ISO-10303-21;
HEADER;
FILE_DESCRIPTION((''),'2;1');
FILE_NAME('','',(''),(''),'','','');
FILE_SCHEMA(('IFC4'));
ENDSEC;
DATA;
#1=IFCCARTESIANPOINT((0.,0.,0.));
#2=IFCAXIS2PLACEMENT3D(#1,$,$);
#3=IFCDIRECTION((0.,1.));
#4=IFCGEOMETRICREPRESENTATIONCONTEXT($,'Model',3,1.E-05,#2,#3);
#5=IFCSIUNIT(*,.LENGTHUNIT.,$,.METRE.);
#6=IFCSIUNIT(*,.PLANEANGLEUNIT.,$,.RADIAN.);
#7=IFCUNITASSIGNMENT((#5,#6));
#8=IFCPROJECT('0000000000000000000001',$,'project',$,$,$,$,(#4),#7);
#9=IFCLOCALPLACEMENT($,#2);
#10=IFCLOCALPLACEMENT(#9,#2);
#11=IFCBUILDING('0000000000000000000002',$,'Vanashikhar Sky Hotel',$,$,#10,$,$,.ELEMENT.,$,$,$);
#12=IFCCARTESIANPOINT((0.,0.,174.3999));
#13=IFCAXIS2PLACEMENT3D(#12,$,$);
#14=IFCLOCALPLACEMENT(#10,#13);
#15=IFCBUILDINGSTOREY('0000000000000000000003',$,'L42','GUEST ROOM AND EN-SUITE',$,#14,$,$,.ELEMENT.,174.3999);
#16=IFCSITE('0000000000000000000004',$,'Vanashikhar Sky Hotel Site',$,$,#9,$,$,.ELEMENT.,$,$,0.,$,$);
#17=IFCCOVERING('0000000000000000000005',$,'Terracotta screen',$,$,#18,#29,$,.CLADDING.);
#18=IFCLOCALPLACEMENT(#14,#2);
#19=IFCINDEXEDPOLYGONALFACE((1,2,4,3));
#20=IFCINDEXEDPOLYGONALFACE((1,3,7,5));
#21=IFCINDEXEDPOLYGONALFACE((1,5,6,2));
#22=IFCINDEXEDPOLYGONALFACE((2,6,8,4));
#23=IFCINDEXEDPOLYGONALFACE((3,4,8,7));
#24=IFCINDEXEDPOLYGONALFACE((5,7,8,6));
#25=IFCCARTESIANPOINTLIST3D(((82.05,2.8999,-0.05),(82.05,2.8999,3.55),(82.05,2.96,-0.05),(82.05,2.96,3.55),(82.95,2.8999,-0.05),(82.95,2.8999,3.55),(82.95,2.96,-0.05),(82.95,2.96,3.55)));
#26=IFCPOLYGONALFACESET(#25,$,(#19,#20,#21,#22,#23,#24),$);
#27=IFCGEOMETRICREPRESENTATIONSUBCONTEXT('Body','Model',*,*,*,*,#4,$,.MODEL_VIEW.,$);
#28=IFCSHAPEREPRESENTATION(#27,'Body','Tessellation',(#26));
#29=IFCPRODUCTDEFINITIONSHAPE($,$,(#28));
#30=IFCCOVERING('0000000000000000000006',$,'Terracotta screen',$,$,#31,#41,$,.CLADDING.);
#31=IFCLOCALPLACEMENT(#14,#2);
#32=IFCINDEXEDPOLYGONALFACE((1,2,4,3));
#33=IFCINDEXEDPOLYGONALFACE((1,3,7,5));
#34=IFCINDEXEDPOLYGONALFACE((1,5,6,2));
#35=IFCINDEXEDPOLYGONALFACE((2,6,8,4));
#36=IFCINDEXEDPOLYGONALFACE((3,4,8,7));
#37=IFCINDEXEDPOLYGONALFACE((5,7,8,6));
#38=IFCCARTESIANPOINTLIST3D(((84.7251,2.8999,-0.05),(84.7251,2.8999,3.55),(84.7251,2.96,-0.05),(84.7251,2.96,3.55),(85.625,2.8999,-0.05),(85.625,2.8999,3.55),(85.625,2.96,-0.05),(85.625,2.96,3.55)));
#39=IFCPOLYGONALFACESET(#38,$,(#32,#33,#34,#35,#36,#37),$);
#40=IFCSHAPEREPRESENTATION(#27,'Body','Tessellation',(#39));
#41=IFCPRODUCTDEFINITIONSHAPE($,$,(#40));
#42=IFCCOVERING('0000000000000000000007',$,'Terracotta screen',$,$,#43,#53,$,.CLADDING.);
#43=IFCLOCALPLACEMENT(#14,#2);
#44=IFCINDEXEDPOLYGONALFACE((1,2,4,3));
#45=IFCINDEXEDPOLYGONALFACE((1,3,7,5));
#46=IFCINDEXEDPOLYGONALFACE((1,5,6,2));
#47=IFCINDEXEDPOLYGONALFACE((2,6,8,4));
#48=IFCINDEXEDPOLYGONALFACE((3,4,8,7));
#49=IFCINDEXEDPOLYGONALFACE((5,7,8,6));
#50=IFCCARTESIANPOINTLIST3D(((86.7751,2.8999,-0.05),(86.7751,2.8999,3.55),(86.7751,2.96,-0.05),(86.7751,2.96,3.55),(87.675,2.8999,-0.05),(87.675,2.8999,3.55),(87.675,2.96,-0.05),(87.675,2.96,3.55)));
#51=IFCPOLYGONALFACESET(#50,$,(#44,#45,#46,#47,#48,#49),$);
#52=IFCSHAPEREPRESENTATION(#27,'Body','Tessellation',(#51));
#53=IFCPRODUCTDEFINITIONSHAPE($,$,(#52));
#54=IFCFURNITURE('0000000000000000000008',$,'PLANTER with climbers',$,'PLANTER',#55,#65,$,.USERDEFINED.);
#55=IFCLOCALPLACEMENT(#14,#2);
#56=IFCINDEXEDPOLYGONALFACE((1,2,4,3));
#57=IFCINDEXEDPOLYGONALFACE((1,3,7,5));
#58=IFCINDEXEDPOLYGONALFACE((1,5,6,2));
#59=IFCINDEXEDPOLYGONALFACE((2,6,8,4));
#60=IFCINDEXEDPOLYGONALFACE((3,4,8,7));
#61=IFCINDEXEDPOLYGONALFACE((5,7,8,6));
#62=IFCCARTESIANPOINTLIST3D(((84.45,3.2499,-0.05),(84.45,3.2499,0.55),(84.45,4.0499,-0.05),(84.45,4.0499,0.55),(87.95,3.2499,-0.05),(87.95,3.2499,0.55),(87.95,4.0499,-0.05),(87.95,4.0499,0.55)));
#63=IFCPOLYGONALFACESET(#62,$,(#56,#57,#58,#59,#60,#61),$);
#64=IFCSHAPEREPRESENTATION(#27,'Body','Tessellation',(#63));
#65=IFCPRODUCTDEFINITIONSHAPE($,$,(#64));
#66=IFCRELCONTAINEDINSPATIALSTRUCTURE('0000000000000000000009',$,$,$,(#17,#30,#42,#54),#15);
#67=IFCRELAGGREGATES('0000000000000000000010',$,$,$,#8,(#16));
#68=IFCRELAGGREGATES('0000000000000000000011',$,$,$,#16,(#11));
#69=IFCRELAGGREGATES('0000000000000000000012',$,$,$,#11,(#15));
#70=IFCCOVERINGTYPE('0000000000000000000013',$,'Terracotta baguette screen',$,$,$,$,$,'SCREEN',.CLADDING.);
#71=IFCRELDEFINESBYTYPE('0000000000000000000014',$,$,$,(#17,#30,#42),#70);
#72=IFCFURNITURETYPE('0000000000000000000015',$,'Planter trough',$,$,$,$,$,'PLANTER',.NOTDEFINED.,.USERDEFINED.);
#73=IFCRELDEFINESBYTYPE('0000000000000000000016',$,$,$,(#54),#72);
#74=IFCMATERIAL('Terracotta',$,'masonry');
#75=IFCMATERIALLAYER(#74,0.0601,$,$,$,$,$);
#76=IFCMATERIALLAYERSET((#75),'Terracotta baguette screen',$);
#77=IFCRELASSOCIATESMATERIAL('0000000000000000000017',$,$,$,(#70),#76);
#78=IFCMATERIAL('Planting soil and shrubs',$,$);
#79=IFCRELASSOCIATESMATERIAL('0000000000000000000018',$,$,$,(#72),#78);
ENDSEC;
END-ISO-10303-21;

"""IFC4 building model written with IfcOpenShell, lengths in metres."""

from ifc_helpers import new_model, si_unit, direction, frame, origin, origin_2d, place, context, subcontext, project, spatial, rectangle, extrude, source, transform, mapped, material, layer, layer_set, type_object, element, save


model = new_model("IFC4")

# Units and contexts
model_context = context("Model", 3, precision=1e-05, world=origin(), true_north=direction((0.0, 1.0)))
body_context = subcontext(model_context, "Body", "Model", "MODEL_VIEW")
ifc_project = project(units=[si_unit("LENGTHUNIT", "METRE"), si_unit("PLANEANGLEUNIT", "RADIAN")], contexts=[model_context])

# Site, building, storey
site_placement = place(None, origin())
site = spatial("IfcSite", under=ifc_project, at=site_placement, Name="Vanashikhar Sky Hotel Site", CompositionType="ELEMENT", RefElevation=0.0)
building_placement = place(site_placement, origin())
building = spatial("IfcBuilding", under=site, at=building_placement, Name="Vanashikhar Sky Hotel", CompositionType="ELEMENT")
storey_placement = place(building_placement, frame((0.0, 0.0, 174.3999)))
storey = spatial("IfcBuildingStorey", under=building, at=storey_placement, Name="L42", Description="GUEST ROOM AND EN-SUITE", CompositionType="ELEMENT", Elevation=174.3999)

# Coverings
ifc_material_1 = material(Name="Terracotta", Category="masonry")
ifc_layer_1 = layer(ifc_material_1, 0.0601)
ifc_layer_set_1 = layer_set([ifc_layer_1], Name="Terracotta baguette screen")
covering_type = type_object("IfcCoveringType", Name="Terracotta baguette screen", ElementType="SCREEN", PredefinedType="CLADDING", material=ifc_layer_set_1)
shared_shape_1 = source(origin(), body_context, "Body", "SweptSolid", [
    extrude(rectangle(XDim=0.8999, YDim=0.0601, at=origin_2d()), origin(), (0.0, 0.0, 1.0), 3.6001),
])
for number, where, z_axis, x_axis, name in (
    (1, (82.5, 2.9299, -0.05), (0.0, 0.0, 1.0), (1.0, 0.0, 0.0), "Terracotta screen"),
    (2, (85.175, 2.9299, -0.05), (0.0, 0.0, 1.0), (1.0, 0.0, 0.0), "Terracotta screen"),
    (3, (87.2251, 2.9299, -0.05), (0.0, 0.0, 1.0), (1.0, 0.0, 0.0), "Terracotta screen"),
):
    element("IfcCovering", number, at=place(storey_placement, frame(where, z_axis=z_axis, x_axis=x_axis)), inside=storey, type_object=covering_type, Name=name, PredefinedType="CLADDING", context=body_context, shape_type="MappedRepresentation", body=[
        mapped(shared_shape_1, transform((0.0, 0.0, 0.0), scale=1.0)),
    ])

# Furniture
ifc_material_2 = material(Name="Planting soil and shrubs")
furniture_type = type_object("IfcFurnitureType", Name="Planter trough", ElementType="PLANTER", AssemblyPlace="NOTDEFINED", PredefinedType="USERDEFINED", material=ifc_material_2)
shared_shape_2 = source(origin(), body_context, "Body", "SweptSolid", [
    extrude(rectangle(XDim=3.5, YDim=0.8, at=origin_2d()), origin(), (0.0, 0.0, 1.0), 0.6001),
])
furniture_placement = place(storey_placement, frame((86.2, 3.6499, -0.05), z_axis=(0.0, 0.0, 1.0), x_axis=(1.0, 0.0, 0.0)))
element("IfcFurniture", 4, at=furniture_placement, inside=storey, type_object=furniture_type, Name="PLANTER with climbers", ObjectType="PLANTER", PredefinedType="USERDEFINED", context=body_context, shape_type="MappedRepresentation", body=[
    mapped(shared_shape_2, transform((0.0, 0.0, 0.0), scale=1.0)),
])

save(model, "model.ifc")
